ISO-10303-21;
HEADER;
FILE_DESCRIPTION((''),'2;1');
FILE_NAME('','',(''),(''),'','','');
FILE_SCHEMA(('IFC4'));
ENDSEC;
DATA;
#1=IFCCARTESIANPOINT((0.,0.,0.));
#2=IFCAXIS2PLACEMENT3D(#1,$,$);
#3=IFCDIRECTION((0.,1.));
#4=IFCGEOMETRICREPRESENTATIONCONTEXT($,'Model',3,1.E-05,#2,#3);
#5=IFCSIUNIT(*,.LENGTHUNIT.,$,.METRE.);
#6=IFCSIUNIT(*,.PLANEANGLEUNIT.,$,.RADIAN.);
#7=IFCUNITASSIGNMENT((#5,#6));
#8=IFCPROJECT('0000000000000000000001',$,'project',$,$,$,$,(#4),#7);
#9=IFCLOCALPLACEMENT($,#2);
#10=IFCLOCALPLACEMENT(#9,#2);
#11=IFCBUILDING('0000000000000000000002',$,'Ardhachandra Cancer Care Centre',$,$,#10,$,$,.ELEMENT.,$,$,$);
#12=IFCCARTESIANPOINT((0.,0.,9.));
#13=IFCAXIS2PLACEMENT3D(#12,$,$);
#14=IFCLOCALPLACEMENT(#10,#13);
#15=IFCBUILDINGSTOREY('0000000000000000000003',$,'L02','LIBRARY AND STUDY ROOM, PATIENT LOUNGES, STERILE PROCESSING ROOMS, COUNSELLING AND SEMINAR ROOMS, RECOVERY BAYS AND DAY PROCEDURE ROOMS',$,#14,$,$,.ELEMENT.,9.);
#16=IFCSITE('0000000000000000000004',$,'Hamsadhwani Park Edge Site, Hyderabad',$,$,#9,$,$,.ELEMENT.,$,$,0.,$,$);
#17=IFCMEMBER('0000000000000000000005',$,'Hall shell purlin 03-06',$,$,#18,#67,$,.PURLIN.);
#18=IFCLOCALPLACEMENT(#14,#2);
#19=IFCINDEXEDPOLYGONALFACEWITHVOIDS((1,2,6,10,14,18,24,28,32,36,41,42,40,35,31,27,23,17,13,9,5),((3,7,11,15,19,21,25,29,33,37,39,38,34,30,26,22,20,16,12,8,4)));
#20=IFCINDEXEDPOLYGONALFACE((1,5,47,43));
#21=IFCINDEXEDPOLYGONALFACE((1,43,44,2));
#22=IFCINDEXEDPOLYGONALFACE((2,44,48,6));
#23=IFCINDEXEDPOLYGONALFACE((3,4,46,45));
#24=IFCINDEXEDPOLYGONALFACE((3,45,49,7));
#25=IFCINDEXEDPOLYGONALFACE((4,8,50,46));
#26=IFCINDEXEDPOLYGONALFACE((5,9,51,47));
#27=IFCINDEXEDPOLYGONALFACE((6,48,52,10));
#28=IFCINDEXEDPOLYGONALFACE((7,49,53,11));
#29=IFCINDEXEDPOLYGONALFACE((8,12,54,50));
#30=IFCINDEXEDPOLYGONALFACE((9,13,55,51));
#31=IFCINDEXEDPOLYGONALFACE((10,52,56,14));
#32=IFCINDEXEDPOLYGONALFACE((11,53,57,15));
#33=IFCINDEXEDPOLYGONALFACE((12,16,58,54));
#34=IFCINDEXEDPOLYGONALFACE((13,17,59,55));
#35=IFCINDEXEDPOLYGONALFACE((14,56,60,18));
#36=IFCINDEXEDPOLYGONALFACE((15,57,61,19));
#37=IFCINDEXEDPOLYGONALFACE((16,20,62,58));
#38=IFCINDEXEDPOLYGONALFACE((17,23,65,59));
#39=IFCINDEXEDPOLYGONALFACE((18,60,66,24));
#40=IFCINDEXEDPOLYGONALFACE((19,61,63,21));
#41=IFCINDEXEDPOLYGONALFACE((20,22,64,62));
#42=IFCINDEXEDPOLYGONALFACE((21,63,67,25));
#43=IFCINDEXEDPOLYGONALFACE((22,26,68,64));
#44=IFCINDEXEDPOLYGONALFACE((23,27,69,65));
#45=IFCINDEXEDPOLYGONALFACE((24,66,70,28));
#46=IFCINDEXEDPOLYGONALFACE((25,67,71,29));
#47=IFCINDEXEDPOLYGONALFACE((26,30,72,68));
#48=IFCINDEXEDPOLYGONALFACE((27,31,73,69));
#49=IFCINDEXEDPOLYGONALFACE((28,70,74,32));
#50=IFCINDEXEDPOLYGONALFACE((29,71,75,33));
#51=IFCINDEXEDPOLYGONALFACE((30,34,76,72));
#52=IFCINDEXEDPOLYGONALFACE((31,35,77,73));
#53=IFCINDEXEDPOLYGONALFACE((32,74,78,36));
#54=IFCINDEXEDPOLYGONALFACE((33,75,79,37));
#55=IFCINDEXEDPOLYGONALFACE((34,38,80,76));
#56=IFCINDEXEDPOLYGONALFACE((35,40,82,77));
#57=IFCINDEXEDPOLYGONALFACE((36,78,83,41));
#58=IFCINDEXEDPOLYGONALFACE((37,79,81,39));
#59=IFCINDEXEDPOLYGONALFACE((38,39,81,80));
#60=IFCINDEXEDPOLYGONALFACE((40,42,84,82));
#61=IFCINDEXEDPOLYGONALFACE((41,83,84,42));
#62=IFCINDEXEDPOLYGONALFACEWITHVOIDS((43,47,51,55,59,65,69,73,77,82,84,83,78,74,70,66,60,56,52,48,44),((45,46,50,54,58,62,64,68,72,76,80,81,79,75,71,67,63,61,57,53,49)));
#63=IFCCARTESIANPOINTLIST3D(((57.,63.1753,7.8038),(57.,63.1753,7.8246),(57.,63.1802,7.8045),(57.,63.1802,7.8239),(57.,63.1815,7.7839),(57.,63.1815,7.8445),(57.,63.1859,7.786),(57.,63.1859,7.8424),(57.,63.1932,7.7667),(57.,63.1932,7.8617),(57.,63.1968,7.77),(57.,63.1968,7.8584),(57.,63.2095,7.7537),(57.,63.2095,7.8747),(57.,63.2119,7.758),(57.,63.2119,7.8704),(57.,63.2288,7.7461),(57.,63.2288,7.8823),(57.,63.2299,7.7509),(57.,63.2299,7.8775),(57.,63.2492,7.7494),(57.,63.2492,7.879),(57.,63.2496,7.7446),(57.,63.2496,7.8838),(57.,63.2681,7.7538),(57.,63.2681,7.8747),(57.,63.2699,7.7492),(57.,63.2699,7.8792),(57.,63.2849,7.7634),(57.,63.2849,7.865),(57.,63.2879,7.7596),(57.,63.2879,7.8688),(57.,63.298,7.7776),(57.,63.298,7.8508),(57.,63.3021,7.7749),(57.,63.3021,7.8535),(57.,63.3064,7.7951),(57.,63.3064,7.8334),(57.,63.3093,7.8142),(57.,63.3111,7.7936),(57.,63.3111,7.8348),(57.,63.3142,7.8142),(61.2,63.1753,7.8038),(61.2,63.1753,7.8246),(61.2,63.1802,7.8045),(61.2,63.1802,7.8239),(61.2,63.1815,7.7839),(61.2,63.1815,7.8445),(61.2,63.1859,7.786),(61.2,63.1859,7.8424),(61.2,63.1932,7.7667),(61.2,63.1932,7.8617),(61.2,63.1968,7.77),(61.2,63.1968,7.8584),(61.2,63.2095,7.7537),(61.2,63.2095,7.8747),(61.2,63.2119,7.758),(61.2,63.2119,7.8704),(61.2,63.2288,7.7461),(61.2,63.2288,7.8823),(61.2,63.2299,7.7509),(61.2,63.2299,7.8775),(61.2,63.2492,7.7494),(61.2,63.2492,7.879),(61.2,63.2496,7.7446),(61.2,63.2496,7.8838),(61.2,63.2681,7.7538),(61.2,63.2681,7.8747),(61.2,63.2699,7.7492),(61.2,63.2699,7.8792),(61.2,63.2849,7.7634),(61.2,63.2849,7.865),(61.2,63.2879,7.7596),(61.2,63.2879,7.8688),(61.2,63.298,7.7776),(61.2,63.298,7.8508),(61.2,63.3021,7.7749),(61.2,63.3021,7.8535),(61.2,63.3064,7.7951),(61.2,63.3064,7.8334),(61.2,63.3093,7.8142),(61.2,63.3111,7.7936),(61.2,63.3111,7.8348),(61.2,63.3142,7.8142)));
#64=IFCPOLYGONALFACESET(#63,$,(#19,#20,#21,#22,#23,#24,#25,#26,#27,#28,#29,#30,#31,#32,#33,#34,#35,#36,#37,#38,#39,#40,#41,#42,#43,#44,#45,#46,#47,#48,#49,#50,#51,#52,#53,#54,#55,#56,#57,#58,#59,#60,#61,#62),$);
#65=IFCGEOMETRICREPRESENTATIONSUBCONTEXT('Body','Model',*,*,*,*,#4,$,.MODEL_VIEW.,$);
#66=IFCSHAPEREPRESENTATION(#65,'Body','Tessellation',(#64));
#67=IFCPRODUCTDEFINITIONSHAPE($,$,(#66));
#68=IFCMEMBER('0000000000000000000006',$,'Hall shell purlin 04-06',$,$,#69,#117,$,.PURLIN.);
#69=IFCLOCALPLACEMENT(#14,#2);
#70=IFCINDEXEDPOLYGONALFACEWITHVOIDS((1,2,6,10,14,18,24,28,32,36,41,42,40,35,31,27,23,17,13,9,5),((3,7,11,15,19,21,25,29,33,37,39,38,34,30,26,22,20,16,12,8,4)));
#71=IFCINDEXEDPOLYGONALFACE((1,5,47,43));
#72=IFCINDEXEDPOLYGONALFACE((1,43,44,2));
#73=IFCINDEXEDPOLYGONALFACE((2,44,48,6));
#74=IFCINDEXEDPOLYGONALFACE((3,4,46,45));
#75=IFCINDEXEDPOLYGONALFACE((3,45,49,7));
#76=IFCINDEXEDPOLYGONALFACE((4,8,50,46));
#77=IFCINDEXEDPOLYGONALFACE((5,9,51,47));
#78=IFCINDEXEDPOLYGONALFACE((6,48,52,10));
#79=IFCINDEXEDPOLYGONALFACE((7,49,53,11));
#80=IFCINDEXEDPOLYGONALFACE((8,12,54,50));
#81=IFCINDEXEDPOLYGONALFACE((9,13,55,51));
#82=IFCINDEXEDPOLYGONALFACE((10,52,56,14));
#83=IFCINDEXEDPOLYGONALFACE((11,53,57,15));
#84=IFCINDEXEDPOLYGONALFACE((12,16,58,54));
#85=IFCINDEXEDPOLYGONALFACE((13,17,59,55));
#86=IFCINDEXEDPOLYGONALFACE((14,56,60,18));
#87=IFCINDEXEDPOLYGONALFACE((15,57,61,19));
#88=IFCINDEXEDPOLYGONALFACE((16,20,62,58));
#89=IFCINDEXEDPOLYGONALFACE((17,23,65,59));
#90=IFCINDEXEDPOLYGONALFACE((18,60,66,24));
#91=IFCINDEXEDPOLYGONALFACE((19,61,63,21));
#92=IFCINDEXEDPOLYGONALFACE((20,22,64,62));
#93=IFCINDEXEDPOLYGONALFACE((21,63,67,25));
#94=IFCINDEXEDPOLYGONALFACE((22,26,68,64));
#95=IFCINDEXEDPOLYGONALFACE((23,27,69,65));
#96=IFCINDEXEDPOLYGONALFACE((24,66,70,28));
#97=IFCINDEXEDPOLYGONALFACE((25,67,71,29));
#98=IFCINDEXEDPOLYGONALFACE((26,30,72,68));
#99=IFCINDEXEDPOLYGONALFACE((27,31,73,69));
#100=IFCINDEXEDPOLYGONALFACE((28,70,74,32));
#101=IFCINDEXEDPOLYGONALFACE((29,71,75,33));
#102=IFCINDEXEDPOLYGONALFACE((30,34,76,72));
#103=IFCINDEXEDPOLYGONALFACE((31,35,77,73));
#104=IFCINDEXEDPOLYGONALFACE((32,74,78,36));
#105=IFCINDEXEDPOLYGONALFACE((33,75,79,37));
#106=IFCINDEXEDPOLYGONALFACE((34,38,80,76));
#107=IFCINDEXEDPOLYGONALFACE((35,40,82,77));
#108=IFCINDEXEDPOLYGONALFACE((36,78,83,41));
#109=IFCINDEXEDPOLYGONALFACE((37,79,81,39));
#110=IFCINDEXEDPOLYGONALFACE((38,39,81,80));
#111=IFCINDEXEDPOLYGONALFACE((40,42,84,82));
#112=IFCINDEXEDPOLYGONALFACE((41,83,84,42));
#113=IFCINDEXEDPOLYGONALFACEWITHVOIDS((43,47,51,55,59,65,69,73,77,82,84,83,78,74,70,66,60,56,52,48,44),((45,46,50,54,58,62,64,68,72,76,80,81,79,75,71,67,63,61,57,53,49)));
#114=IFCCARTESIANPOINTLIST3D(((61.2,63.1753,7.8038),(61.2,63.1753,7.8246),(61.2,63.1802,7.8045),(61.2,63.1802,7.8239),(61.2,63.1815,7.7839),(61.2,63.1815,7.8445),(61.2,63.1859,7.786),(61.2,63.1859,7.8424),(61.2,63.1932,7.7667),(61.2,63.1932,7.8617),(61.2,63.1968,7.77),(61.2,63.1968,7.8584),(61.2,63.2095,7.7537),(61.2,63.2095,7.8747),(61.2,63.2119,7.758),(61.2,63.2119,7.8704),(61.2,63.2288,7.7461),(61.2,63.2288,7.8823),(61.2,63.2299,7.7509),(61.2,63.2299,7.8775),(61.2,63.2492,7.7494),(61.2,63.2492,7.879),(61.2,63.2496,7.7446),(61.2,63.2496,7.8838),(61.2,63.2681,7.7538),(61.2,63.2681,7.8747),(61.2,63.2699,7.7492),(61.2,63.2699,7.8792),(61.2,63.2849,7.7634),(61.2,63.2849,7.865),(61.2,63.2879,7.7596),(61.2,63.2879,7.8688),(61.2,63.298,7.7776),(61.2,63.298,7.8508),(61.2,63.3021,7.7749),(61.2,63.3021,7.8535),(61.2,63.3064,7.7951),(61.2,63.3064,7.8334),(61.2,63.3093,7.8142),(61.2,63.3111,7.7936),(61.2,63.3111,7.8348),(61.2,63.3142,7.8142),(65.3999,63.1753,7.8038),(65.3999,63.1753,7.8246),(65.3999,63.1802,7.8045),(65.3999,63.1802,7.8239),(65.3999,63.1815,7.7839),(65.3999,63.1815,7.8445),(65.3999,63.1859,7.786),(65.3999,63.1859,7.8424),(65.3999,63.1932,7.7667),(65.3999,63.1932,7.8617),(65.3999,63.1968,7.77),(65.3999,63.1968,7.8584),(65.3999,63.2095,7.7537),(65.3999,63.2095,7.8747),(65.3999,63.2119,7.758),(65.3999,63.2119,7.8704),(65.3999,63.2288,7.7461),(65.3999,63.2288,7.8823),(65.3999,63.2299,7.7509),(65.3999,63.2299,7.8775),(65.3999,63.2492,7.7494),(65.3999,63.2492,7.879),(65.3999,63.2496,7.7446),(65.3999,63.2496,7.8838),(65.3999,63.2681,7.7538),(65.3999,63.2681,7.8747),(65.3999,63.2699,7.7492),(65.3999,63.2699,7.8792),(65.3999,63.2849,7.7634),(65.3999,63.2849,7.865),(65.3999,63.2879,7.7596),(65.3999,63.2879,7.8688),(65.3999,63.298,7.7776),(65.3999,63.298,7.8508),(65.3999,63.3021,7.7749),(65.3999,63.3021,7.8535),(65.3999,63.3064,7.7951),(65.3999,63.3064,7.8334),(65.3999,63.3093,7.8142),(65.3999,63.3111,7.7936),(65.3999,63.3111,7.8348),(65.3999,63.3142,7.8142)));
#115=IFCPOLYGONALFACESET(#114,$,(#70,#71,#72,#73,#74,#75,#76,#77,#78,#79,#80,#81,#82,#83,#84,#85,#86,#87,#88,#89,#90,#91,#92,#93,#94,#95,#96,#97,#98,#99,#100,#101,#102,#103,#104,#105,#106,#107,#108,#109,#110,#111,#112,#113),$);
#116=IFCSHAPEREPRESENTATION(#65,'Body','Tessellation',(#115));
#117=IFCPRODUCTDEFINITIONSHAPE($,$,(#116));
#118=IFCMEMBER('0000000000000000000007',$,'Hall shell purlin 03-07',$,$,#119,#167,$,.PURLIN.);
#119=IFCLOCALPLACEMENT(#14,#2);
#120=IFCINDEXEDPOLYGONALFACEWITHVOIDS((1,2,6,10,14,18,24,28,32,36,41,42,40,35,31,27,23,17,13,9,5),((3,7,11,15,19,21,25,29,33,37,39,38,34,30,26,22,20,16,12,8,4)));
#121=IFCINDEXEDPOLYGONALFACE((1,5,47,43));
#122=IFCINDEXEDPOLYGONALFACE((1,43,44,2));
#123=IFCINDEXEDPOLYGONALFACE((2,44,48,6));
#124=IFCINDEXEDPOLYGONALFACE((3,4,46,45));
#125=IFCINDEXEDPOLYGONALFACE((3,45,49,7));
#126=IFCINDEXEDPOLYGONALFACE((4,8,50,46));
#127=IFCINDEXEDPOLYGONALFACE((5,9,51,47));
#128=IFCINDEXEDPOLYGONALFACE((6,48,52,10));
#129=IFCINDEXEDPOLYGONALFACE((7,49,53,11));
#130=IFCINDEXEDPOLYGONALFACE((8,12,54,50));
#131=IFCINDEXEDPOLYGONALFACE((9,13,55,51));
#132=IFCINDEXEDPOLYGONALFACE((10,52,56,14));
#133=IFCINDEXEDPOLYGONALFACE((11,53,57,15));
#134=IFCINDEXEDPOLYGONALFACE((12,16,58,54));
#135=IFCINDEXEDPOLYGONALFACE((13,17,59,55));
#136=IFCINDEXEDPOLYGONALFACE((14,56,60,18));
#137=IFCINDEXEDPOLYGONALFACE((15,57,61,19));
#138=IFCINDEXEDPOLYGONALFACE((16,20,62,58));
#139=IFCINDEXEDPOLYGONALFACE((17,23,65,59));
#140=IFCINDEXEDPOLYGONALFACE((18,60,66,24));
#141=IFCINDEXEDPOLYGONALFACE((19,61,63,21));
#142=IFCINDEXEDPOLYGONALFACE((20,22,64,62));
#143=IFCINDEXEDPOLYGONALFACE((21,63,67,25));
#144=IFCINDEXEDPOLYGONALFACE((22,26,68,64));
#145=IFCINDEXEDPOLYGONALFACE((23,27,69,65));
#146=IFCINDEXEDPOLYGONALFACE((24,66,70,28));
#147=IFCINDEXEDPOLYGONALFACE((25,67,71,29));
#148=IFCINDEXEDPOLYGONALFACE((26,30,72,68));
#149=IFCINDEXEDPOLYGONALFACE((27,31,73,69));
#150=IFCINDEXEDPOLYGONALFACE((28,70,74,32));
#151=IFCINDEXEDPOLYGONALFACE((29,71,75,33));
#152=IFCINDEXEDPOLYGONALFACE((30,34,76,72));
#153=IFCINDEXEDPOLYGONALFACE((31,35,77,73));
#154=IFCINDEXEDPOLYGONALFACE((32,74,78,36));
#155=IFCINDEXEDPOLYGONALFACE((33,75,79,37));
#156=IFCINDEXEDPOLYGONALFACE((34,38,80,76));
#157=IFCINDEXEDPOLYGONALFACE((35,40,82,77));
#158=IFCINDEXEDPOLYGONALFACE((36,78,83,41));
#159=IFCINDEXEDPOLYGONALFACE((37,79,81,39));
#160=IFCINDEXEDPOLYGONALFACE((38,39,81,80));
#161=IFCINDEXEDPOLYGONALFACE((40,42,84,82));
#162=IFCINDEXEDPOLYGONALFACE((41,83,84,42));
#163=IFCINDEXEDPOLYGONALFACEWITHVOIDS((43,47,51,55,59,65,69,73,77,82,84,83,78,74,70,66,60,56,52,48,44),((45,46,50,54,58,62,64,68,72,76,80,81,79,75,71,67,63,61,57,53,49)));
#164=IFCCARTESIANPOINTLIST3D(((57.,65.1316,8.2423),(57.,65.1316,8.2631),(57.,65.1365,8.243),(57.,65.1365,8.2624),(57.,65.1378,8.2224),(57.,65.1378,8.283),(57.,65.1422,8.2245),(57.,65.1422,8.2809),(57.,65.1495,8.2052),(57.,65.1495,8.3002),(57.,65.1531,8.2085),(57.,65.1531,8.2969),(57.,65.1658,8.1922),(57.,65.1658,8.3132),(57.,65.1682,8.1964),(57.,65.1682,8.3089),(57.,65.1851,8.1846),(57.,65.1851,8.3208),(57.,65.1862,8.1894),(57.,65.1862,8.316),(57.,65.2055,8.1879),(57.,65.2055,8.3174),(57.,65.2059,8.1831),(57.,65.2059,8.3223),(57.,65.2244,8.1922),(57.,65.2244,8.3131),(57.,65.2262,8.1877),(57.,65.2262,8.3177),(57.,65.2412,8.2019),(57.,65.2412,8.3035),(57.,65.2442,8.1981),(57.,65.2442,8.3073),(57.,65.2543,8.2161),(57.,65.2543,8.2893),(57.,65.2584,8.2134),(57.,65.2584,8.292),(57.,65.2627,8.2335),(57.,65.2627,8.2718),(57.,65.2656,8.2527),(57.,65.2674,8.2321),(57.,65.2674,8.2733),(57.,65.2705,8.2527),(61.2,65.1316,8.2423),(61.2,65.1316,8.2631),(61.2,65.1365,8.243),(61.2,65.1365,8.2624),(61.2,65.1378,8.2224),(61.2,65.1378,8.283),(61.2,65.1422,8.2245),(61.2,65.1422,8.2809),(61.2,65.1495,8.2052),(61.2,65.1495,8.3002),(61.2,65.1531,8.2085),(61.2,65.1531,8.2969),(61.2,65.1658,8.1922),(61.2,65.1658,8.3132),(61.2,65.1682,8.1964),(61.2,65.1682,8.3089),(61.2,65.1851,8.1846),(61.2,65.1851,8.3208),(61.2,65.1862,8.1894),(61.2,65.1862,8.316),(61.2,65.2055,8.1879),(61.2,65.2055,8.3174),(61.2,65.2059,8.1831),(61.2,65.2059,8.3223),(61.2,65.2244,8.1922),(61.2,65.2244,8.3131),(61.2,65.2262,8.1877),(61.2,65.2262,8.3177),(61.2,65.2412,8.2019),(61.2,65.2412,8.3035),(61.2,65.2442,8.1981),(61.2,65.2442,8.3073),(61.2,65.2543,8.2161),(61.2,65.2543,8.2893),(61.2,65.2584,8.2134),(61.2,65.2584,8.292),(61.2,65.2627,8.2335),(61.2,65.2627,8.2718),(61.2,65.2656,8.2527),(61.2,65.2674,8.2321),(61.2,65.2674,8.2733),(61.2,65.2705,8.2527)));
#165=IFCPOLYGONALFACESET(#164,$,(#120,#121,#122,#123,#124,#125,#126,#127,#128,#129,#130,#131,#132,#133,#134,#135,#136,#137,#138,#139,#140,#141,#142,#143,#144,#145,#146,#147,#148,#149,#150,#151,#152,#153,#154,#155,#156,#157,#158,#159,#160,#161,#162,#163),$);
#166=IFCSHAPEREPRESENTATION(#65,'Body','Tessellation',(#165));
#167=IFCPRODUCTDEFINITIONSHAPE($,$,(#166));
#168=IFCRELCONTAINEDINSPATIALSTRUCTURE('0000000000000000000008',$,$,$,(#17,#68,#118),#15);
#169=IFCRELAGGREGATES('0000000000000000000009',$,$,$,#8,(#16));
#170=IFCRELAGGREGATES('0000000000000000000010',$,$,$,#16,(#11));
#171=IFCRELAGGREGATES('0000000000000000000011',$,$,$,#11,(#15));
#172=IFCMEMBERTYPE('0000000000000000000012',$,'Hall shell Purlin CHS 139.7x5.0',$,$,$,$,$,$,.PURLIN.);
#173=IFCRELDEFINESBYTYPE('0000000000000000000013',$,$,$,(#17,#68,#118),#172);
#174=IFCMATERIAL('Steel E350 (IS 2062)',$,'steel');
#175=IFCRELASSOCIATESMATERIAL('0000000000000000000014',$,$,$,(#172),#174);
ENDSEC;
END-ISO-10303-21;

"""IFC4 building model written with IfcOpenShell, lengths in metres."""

from ifc_helpers import new_model, si_unit, direction, frame, origin, origin_2d, place, context, subcontext, project, spatial, hollow_circle, extrude, material, material_profile, profile_set, type_object, element, save


model = new_model("IFC4")

# Units and contexts
model_context = context("Model", 3, precision=1e-05, world=origin(), true_north=direction((0.0, 1.0)))
body_context = subcontext(model_context, "Body", "Model", "MODEL_VIEW")
ifc_project = project(units=[si_unit("LENGTHUNIT", "METRE"), si_unit("PLANEANGLEUNIT", "RADIAN")], contexts=[model_context])

# Site, building, storey
site_placement = place(None, origin())
site = spatial("IfcSite", under=ifc_project, at=site_placement, Name="Hamsadhwani Park Edge Site, Hyderabad", CompositionType="ELEMENT", RefElevation=0.0)
building_placement = place(site_placement, origin())
building = spatial("IfcBuilding", under=site, at=building_placement, Name="Ardhachandra Cancer Care Centre", CompositionType="ELEMENT")
storey_placement = place(building_placement, frame((0.0, 0.0, 9.0)))
storey = spatial("IfcBuildingStorey", under=building, at=storey_placement, Name="L02", Description="LIBRARY AND STUDY ROOM, PATIENT LOUNGES, STERILE PROCESSING ROOMS, COUNSELLING AND SEMINAR ROOMS, RECOVERY BAYS AND DAY PROCEDURE ROOMS", CompositionType="ELEMENT", Elevation=9.0)

# Members
ifc_material_1 = material(Name="Steel E350 (IS 2062)", Category="steel")
ifc_material_profile_1 = material_profile(ifc_material_1, hollow_circle(Radius=0.0698, WallThickness=0.0049, at=origin_2d()), Name="CHS 139.7x5.0")
ifc_profile_set_1 = profile_set([ifc_material_profile_1], Name="Steel E350 (IS 2062)")
member_type_1 = type_object("IfcMemberType", Name="Hall shell Purlin CHS 139.7x5.0", PredefinedType="PURLIN", material=ifc_profile_set_1)
for number, where, z_axis, x_axis, name in (
    (1, (57.0, 63.2444, 7.8142), (1.0, 0.0, 0.0), (0.0, 1.0, 0.0), "Hall shell purlin 03-06"),
    (2, (61.2, 63.2444, 7.8142), (1.0, 0.0, 0.0), (0.0, 1.0, 0.0), "Hall shell purlin 04-06"),
    (3, (57.0, 65.2007, 8.2527), (1.0, 0.0, 0.0), (0.0, 1.0, 0.0), "Hall shell purlin 03-07"),
):
    element("IfcMember", number, at=place(storey_placement, frame(where, z_axis=z_axis, x_axis=x_axis)), inside=storey, type_object=member_type_1, Name=name, PredefinedType="PURLIN", context=body_context, shape_type="SweptSolid", body=[
        extrude(hollow_circle(Radius=0.0698, WallThickness=0.0049, at=origin_2d()), origin(), (0.0, 0.0, 1.0), 4.2),
    ])

save(model, "model.ifc")
